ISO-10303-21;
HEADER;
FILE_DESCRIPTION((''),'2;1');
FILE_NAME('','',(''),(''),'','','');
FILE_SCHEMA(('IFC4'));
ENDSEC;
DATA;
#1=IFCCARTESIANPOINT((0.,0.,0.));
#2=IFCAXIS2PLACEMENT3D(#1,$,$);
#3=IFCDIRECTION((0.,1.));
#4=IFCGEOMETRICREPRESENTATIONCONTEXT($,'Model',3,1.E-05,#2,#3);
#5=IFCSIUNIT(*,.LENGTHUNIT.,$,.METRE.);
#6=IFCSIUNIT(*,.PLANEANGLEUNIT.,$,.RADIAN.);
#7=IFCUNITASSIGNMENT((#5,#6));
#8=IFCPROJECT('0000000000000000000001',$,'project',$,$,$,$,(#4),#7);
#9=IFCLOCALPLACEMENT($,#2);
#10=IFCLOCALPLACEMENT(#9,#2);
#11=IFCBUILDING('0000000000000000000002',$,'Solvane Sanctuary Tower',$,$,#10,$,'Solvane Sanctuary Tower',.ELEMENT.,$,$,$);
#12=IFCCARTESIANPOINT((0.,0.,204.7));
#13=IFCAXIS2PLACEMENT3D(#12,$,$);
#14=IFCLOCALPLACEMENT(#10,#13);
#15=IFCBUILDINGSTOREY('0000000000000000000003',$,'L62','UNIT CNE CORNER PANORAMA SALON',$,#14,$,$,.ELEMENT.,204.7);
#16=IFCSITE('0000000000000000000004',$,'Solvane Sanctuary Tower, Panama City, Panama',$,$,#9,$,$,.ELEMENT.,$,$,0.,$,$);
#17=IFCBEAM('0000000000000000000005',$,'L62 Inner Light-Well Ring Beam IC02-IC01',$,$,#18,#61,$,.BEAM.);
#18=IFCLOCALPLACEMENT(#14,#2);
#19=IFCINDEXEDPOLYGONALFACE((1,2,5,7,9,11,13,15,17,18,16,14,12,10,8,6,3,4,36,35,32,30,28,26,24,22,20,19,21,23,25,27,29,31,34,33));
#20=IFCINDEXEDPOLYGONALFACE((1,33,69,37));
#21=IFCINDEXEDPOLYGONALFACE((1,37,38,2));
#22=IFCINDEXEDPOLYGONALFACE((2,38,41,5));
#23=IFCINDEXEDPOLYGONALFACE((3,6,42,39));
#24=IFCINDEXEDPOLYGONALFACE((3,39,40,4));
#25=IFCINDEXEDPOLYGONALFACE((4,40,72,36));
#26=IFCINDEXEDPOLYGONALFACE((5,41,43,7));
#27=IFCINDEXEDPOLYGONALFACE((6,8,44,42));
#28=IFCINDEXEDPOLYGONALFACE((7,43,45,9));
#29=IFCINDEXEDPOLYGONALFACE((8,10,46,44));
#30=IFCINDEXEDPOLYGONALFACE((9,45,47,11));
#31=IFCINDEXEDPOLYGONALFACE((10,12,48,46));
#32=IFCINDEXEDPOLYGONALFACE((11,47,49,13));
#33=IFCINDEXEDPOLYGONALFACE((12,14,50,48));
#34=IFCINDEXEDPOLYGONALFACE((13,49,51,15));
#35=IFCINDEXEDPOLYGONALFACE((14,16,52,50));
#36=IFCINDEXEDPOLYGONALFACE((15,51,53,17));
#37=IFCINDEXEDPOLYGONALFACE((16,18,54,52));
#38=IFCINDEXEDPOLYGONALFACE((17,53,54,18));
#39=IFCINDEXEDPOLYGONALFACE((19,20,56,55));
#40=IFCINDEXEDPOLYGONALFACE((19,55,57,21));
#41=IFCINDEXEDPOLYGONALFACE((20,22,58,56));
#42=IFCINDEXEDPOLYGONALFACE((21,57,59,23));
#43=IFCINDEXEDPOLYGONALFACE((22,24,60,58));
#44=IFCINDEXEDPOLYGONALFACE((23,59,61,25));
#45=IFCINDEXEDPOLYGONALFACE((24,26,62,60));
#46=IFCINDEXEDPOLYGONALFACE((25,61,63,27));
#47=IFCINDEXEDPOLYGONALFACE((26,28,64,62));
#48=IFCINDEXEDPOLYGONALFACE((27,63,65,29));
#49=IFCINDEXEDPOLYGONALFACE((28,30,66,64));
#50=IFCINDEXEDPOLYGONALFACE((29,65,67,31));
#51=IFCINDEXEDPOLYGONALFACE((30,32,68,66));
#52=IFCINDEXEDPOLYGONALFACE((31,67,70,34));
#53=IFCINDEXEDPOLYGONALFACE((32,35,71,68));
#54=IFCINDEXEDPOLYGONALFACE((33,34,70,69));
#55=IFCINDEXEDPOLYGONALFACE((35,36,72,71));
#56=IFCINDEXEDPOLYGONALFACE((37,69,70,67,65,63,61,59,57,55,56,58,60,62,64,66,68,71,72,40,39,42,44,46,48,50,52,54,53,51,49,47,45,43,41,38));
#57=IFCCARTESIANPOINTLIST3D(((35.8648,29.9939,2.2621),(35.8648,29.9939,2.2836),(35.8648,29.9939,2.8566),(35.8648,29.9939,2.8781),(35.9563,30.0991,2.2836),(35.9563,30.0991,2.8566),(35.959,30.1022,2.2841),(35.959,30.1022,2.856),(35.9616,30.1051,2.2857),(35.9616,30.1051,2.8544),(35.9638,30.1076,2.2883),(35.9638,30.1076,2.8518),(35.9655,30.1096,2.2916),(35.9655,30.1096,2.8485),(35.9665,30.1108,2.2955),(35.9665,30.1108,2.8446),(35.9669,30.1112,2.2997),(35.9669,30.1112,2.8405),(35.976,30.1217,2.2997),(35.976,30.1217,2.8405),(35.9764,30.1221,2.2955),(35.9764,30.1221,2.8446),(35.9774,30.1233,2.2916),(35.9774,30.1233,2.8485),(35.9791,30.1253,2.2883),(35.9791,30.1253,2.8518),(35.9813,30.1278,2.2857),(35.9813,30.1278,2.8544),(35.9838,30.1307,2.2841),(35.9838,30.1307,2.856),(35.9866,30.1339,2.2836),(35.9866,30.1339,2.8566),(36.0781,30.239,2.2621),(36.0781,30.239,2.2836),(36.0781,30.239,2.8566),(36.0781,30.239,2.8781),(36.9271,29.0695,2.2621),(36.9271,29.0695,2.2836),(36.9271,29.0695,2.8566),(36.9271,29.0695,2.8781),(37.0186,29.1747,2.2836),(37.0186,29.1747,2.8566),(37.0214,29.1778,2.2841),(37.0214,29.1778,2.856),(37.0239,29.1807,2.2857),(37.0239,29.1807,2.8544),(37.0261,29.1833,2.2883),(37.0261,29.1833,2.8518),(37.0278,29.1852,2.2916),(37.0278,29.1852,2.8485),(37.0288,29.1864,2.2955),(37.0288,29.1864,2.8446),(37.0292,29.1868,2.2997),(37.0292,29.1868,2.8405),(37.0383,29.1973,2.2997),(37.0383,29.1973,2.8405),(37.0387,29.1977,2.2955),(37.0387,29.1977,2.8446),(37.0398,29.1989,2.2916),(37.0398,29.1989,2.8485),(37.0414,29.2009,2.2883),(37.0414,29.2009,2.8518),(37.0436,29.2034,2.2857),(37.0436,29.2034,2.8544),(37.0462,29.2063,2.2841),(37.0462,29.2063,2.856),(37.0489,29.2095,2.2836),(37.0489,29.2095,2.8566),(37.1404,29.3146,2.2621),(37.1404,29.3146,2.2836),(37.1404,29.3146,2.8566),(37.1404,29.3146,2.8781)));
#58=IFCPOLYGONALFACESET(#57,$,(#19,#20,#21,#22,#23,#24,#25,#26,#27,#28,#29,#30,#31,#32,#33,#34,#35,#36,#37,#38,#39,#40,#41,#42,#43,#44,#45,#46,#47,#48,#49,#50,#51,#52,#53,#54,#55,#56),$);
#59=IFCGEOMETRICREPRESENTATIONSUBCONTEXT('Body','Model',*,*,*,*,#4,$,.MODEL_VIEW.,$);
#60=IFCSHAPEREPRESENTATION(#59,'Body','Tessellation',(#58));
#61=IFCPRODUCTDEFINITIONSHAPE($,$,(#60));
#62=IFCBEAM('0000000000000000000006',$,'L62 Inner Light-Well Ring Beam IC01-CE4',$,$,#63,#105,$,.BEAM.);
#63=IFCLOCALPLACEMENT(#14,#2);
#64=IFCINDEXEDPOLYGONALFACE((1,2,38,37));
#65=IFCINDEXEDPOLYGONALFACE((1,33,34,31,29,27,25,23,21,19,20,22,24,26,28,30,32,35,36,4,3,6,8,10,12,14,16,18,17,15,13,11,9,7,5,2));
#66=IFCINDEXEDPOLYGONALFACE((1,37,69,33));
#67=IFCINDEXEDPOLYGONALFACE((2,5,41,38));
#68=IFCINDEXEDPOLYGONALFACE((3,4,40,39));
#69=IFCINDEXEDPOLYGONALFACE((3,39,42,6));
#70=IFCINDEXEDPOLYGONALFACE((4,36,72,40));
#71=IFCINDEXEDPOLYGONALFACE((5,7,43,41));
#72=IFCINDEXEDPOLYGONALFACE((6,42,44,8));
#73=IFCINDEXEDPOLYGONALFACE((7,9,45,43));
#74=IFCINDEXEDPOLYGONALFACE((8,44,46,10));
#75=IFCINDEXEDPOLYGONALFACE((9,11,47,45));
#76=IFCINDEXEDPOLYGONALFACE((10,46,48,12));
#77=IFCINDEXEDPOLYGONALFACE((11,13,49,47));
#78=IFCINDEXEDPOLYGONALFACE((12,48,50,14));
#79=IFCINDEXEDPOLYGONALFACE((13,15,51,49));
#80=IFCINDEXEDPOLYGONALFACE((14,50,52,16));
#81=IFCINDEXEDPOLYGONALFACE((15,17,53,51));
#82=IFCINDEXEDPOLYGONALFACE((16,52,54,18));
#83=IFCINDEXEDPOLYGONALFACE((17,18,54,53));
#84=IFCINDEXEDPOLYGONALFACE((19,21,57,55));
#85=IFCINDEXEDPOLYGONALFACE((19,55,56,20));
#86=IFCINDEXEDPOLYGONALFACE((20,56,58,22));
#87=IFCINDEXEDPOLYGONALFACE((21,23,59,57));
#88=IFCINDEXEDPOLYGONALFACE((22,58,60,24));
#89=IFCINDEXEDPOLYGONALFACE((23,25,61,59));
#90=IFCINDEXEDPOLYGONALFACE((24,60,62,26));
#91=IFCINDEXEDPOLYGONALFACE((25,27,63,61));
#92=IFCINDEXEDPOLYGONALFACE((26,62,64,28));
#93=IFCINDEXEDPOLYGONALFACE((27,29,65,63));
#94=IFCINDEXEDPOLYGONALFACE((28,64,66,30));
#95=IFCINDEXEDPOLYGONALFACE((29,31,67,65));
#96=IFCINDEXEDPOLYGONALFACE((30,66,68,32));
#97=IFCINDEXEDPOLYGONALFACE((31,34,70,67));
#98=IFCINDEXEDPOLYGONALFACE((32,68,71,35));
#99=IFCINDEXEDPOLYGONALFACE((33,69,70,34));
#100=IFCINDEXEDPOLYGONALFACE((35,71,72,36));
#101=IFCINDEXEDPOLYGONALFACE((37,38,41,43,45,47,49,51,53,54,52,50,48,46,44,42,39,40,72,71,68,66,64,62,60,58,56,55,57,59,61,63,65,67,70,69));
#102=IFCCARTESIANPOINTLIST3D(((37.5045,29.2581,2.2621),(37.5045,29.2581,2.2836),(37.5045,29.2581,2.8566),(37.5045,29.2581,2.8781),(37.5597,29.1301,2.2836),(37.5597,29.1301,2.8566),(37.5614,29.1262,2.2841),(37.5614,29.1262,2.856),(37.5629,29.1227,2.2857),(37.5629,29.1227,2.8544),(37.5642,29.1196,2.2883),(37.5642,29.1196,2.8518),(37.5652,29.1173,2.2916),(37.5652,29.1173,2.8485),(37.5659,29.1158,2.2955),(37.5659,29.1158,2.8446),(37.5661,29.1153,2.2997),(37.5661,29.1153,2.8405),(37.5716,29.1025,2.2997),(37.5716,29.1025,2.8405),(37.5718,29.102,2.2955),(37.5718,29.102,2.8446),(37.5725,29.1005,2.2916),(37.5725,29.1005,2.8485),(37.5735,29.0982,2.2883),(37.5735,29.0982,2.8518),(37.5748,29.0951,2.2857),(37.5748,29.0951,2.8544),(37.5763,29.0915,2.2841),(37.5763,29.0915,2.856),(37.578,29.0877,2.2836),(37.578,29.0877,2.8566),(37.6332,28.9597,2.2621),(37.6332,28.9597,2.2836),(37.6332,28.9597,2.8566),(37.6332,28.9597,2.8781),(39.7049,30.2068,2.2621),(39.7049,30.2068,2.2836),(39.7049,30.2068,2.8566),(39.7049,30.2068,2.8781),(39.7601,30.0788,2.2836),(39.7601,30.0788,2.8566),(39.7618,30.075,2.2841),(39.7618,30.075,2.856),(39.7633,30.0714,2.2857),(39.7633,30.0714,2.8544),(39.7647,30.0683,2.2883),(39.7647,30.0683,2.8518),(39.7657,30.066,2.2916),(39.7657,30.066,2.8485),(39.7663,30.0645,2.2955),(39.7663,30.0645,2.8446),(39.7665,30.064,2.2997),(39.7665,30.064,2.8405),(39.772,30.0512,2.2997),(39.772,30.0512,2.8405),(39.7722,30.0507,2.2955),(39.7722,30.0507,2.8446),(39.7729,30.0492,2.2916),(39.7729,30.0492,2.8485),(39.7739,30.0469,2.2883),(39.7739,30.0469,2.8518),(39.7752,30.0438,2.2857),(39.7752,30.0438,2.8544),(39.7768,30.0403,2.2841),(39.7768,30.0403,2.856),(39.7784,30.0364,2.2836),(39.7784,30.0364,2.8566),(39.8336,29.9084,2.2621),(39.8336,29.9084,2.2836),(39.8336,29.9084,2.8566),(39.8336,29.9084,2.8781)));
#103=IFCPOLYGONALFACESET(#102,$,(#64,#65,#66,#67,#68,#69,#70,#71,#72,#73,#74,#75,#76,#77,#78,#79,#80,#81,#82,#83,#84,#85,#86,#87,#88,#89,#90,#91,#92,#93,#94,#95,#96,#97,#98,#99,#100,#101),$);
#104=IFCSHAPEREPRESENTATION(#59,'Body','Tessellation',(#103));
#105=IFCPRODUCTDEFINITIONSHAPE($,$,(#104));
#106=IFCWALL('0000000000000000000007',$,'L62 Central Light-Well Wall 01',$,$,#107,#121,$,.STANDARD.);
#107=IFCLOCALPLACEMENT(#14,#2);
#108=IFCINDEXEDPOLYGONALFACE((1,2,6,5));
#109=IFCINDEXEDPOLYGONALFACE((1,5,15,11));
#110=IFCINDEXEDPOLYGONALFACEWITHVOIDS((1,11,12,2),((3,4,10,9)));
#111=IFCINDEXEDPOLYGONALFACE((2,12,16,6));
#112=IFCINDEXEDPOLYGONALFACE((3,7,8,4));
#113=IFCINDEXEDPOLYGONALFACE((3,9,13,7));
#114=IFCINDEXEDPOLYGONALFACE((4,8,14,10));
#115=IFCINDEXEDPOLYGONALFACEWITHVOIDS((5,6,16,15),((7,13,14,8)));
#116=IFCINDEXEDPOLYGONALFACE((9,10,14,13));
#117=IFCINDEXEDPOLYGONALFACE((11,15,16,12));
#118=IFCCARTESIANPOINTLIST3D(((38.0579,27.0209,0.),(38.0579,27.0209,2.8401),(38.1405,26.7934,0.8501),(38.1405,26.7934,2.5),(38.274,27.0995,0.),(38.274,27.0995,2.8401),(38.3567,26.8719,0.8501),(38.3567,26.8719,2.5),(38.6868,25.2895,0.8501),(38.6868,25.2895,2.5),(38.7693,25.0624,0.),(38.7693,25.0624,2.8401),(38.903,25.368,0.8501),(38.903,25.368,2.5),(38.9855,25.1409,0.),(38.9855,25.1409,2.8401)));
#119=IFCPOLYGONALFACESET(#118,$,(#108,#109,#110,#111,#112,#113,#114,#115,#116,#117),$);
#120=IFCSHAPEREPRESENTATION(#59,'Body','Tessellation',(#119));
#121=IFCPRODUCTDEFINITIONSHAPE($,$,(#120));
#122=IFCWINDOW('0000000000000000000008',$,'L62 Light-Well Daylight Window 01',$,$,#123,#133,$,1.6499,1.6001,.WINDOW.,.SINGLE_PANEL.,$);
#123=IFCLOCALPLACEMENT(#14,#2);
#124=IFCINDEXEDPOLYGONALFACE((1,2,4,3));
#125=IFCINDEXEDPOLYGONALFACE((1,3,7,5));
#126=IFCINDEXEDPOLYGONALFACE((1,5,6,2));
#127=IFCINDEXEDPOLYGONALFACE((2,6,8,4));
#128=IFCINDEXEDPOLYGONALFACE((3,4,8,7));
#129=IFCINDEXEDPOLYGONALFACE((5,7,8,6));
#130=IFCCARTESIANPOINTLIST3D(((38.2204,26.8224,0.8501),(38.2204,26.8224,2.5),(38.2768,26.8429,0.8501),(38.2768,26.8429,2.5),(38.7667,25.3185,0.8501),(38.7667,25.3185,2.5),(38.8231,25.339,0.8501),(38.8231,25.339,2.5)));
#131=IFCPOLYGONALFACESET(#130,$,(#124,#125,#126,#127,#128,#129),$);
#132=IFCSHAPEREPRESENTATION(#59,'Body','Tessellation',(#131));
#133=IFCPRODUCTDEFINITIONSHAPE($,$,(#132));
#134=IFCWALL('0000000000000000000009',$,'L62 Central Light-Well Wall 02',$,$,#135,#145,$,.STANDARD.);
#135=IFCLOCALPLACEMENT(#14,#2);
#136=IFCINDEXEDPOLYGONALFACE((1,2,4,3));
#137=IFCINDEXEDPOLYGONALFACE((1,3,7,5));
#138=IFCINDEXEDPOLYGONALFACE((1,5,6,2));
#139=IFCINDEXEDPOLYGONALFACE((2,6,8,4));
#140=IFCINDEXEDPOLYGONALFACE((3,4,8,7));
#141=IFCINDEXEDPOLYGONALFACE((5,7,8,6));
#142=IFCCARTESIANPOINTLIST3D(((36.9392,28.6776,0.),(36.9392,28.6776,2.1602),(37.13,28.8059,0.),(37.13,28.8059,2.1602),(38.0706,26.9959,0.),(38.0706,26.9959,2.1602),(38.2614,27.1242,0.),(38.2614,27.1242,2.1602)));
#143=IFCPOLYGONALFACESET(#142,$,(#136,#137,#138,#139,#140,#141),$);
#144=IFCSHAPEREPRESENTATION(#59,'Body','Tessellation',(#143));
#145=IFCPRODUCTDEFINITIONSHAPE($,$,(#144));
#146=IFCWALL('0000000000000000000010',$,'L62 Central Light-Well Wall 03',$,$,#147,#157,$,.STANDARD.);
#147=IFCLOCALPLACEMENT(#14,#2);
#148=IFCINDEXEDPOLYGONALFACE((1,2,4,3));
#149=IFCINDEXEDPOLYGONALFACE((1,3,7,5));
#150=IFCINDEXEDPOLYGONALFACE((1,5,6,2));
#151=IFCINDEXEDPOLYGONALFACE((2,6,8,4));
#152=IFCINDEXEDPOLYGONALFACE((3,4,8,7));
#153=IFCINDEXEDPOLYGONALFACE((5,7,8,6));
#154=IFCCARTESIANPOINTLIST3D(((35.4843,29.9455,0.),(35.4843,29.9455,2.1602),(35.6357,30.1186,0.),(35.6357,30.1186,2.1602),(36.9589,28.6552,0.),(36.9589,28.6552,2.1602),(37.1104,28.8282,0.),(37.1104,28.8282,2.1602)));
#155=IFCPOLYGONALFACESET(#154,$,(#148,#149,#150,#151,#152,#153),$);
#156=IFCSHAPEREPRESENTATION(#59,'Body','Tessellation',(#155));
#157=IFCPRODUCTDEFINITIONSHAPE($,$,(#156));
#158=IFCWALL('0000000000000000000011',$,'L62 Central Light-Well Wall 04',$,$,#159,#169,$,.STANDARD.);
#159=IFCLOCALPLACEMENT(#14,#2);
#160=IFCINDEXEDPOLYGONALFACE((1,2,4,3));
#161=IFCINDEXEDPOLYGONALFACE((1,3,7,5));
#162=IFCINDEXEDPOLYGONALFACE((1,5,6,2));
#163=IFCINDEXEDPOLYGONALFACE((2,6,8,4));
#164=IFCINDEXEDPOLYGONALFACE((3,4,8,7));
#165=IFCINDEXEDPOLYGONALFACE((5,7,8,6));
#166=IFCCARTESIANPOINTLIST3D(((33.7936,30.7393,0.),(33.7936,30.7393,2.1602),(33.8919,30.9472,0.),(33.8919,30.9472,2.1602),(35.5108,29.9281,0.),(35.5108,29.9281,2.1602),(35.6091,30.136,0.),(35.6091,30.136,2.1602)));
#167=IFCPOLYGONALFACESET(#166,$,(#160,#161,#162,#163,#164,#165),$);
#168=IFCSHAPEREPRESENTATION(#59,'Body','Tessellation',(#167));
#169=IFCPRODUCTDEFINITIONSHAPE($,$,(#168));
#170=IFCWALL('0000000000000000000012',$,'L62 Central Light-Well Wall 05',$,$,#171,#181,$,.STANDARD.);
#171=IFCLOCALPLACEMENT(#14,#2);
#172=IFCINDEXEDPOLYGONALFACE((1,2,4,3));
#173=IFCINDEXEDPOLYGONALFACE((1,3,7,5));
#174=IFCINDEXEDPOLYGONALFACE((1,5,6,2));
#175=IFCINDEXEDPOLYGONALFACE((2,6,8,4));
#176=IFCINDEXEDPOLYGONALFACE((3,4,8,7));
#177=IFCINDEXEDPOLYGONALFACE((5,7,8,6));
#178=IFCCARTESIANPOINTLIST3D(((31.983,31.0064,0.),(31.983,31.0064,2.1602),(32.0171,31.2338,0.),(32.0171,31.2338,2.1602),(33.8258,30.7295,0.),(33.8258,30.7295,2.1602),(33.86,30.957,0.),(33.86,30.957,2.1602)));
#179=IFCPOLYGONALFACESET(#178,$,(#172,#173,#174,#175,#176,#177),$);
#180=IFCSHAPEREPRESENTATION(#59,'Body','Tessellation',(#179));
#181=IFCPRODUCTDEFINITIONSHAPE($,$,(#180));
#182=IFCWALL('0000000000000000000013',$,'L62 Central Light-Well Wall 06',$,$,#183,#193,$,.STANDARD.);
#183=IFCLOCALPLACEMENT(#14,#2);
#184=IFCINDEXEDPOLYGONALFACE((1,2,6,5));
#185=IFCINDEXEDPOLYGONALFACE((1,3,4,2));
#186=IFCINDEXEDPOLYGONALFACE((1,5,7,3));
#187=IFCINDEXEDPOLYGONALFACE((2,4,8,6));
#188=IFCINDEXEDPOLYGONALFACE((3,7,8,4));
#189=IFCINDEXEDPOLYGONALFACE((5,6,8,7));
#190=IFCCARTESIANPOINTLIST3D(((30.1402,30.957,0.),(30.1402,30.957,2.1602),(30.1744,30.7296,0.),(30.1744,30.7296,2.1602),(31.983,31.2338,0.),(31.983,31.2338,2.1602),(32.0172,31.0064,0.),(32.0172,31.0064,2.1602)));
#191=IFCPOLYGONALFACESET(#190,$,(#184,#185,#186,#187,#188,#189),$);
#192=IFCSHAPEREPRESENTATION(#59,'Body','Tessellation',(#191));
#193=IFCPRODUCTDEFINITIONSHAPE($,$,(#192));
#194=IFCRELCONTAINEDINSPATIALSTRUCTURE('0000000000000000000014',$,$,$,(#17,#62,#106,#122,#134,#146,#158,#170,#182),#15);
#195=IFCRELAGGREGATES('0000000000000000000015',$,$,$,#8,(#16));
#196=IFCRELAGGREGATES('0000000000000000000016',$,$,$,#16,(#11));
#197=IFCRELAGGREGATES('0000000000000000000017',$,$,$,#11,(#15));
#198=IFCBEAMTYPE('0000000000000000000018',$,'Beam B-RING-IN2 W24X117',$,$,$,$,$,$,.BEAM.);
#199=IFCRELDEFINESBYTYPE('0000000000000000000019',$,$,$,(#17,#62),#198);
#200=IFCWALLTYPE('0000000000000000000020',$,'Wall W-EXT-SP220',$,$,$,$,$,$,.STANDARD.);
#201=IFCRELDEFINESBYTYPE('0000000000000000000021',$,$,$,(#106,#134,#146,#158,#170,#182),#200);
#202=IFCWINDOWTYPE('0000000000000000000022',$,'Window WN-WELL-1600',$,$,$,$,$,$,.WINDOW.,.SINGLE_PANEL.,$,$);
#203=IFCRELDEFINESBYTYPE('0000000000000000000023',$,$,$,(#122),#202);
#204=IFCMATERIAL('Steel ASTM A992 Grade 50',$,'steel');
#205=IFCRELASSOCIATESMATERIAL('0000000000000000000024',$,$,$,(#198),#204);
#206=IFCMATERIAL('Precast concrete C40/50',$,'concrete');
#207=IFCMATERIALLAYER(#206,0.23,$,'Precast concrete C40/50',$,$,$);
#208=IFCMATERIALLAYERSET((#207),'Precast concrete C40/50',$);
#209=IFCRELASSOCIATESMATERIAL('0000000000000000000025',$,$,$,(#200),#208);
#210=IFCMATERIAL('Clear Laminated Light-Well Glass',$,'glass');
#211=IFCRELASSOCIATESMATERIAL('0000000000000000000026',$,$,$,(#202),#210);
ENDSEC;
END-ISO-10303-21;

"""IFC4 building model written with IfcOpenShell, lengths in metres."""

from ifc_helpers import new_model, si_unit, direction, frame, frame_2d, origin, origin_2d, place, context, subcontext, project, spatial, rectangle, i_section, extrude, material, layer, layer_set, material_profile, profile_set, type_object, element, fill, save


model = new_model("IFC4")

# Units and contexts
model_context = context("Model", 3, precision=1e-05, world=origin(), true_north=direction((0.0, 1.0)))
body_context = subcontext(model_context, "Body", "Model", "MODEL_VIEW")
ifc_project = project(units=[si_unit("LENGTHUNIT", "METRE"), si_unit("PLANEANGLEUNIT", "RADIAN")], contexts=[model_context])

# Site, building, storey
site_placement = place(None, origin())
site = spatial("IfcSite", under=ifc_project, at=site_placement, Name="Solvane Sanctuary Tower, Panama City, Panama", CompositionType="ELEMENT", RefElevation=0.0)
building_placement = place(site_placement, origin())
building = spatial("IfcBuilding", under=site, at=building_placement, Name="Solvane Sanctuary Tower", LongName="Solvane Sanctuary Tower", CompositionType="ELEMENT")
storey_placement = place(building_placement, frame((0.0, 0.0, 204.7)))
storey = spatial("IfcBuildingStorey", under=building, at=storey_placement, Name="L62", Description="UNIT CNE CORNER PANORAMA SALON", CompositionType="ELEMENT", Elevation=204.7)

# Beams
ifc_material_1 = material(Name="Steel ASTM A992 Grade 50", Category="steel")
ifc_material_profile_1 = material_profile(ifc_material_1, i_section(OverallWidth=0.325, OverallDepth=0.616, WebThickness=0.0139, FlangeThickness=0.0215, FilletRadius=0.0161, at=origin_2d()), Name="W24X117")
ifc_profile_set_1 = profile_set([ifc_material_profile_1], Name="Steel ASTM A992 Grade 50")
beam_type_1 = type_object("IfcBeamType", Name="Beam B-RING-IN2 W24X117", PredefinedType="BEAM", material=ifc_profile_set_1)
beam_1_placement = place(storey_placement, frame((35.9714, 30.1165, 2.5701), z_axis=(0.754389, -0.656428, 0.0), x_axis=(0.656428, 0.754389, 0.0)))
element("IfcBeam", 1, at=beam_1_placement, inside=storey, type_object=beam_type_1, Name="L62 Inner Light-Well Ring Beam IC02-IC01", PredefinedType="BEAM", context=body_context, shape_type="SweptSolid", body=[
    extrude(i_section(OverallWidth=0.325, OverallDepth=0.616, WebThickness=0.0139, FlangeThickness=0.0215, FilletRadius=0.0161, at=origin_2d()), origin(), (0.0, 0.0, 1.0), 1.4082),
])
beam_2_placement = place(storey_placement, frame((37.5688, 29.1089, 2.5701), z_axis=(0.918284, 0.395923, 0.0), x_axis=(-0.395923, 0.918284, 0.0)))
element("IfcBeam", 2, at=beam_2_placement, inside=storey, type_object=beam_type_1, Name="L62 Inner Light-Well Ring Beam IC01-CE4", PredefinedType="BEAM", context=body_context, shape_type="SweptSolid", body=[
    extrude(i_section(OverallWidth=0.325, OverallDepth=0.616, WebThickness=0.0139, FlangeThickness=0.0215, FilletRadius=0.0161, at=origin_2d()), origin(), (0.0, 0.0, 1.0), 2.3962),
])

# Wall, opening, window
ifc_material_2 = material(Name="Precast concrete C40/50", Category="concrete")
ifc_layer_1 = layer(ifc_material_2, 0.23, Name="Precast concrete C40/50")
ifc_layer_set_1 = layer_set([ifc_layer_1], Name="Precast concrete C40/50")
wall_type_1 = type_object("IfcWallType", Name="Wall W-EXT-SP220", PredefinedType="STANDARD", material=ifc_layer_set_1)
wall_1_placement = place(storey_placement, frame((38.8774, 25.1016, 0.0), z_axis=(0.0, 0.0, 1.0), x_axis=(-0.341423, 0.93991, 0.0)))
wall_1 = element("IfcWall", 3, at=wall_1_placement, inside=storey, type_object=wall_type_1, Name="L62 Central Light-Well Wall 01", PredefinedType="STANDARD", context=body_context, shape_type="SweptSolid", body=[
    extrude(rectangle(XDim=2.0837, YDim=0.23, at=frame_2d((1.042, 0.0))), origin(), (0.0, 0.0, 1.0), 2.8401),
])
opening_placement = place(wall_1_placement, frame((0.2417, 0.0, 0.8501)))
opening = element("IfcOpeningElement", 4, at=opening_placement, cuts=wall_1, PredefinedType="OPENING", context=body_context, shape_type="SweptSolid", body=[
    extrude(rectangle(XDim=1.6001, YDim=1.6499, at=frame_2d((0.8, 0.825))), frame((0.0, 0.125, 0.0), z_axis=(0.0, -1.0, 0.0), x_axis=(1.0, 0.0, 0.0)), (0.0, 0.0, 1.0), 0.25),
])
ifc_material_3 = material(Name="Clear Laminated Light-Well Glass", Category="glass")
window_type = type_object("IfcWindowType", Name="Window WN-WELL-1600", PartitioningType="SINGLE_PANEL", PredefinedType="WINDOW", material=ifc_material_3)
window_placement = place(opening_placement, origin())
window = element("IfcWindow", 5, at=window_placement, inside=storey, type_object=window_type, Name="L62 Light-Well Daylight Window 01", OverallHeight=1.6499, OverallWidth=1.6001, PartitioningType="SINGLE_PANEL", PredefinedType="WINDOW", context=body_context, shape_type="SweptSolid", body=[
    extrude(rectangle(XDim=1.6001, YDim=1.6499, at=frame_2d((0.8, 0.825))), frame((0.0, 0.03, 0.0), z_axis=(0.0, -1.0, 0.0), x_axis=(1.0, 0.0, 0.0)), (0.0, 0.0, 1.0), 0.0601),
])
fill(opening, window)

# Walls
wall_2_placement = place(storey_placement, frame((38.166, 27.0601, 0.0), z_axis=(0.0, 0.0, 1.0), x_axis=(-0.558198, 0.829708, 0.0)))
element("IfcWall", 6, at=wall_2_placement, inside=storey, type_object=wall_type_1, Name="L62 Central Light-Well Wall 02", PredefinedType="STANDARD", context=body_context, shape_type="SweptSolid", body=[
    extrude(rectangle(XDim=2.0269, YDim=0.23, at=frame_2d((1.0134, 0.0))), origin(), (0.0, 0.0, 1.0), 2.1602),
])
wall_3_placement = place(storey_placement, frame((37.0347, 28.7417, 0.0), z_axis=(0.0, 0.0, 1.0), x_axis=(-0.752577, 0.658505, 0.0)))
element("IfcWall", 7, at=wall_3_placement, inside=storey, type_object=wall_type_1, Name="L62 Central Light-Well Wall 03", PredefinedType="STANDARD", context=body_context, shape_type="SweptSolid", body=[
    extrude(rectangle(XDim=1.9595, YDim=0.23, at=frame_2d((0.9797, 0.0))), origin(), (0.0, 0.0, 1.0), 2.1602),
])
wall_4_placement = place(storey_placement, frame((35.5601, 30.032, 0.0), z_axis=(0.0, 0.0, 1.0), x_axis=(-0.90418, 0.427152, 0.0)))
element("IfcWall", 8, at=wall_4_placement, inside=storey, type_object=wall_type_1, Name="L62 Central Light-Well Wall 04", PredefinedType="STANDARD", context=body_context, shape_type="SweptSolid", body=[
    extrude(rectangle(XDim=1.8992, YDim=0.23, at=frame_2d((0.9497, 0.0))), origin(), (0.0, 0.0, 1.0), 2.1602),
])
for number, where, z_axis, x_axis, name in (
    (9, (33.8428, 30.8433, 0.0), (0.0, 0.0, 1.0), (-0.988902, 0.148571, 0.0), "L62 Central Light-Well Wall 05"),
    (10, (32.0, 31.1201, 0.0), (0.0, 0.0, 1.0), (-0.988902, -0.148571, 0.0), "L62 Central Light-Well Wall 06"),
):
    element("IfcWall", number, at=place(storey_placement, frame(where, z_axis=z_axis, x_axis=x_axis)), inside=storey, type_object=wall_type_1, Name=name, PredefinedType="STANDARD", context=body_context, shape_type="SweptSolid", body=[
        extrude(rectangle(XDim=1.8635, YDim=0.23, at=frame_2d((0.9316, 0.0))), origin(), (0.0, 0.0, 1.0), 2.1602),
    ])

save(model, "model.ifc")
